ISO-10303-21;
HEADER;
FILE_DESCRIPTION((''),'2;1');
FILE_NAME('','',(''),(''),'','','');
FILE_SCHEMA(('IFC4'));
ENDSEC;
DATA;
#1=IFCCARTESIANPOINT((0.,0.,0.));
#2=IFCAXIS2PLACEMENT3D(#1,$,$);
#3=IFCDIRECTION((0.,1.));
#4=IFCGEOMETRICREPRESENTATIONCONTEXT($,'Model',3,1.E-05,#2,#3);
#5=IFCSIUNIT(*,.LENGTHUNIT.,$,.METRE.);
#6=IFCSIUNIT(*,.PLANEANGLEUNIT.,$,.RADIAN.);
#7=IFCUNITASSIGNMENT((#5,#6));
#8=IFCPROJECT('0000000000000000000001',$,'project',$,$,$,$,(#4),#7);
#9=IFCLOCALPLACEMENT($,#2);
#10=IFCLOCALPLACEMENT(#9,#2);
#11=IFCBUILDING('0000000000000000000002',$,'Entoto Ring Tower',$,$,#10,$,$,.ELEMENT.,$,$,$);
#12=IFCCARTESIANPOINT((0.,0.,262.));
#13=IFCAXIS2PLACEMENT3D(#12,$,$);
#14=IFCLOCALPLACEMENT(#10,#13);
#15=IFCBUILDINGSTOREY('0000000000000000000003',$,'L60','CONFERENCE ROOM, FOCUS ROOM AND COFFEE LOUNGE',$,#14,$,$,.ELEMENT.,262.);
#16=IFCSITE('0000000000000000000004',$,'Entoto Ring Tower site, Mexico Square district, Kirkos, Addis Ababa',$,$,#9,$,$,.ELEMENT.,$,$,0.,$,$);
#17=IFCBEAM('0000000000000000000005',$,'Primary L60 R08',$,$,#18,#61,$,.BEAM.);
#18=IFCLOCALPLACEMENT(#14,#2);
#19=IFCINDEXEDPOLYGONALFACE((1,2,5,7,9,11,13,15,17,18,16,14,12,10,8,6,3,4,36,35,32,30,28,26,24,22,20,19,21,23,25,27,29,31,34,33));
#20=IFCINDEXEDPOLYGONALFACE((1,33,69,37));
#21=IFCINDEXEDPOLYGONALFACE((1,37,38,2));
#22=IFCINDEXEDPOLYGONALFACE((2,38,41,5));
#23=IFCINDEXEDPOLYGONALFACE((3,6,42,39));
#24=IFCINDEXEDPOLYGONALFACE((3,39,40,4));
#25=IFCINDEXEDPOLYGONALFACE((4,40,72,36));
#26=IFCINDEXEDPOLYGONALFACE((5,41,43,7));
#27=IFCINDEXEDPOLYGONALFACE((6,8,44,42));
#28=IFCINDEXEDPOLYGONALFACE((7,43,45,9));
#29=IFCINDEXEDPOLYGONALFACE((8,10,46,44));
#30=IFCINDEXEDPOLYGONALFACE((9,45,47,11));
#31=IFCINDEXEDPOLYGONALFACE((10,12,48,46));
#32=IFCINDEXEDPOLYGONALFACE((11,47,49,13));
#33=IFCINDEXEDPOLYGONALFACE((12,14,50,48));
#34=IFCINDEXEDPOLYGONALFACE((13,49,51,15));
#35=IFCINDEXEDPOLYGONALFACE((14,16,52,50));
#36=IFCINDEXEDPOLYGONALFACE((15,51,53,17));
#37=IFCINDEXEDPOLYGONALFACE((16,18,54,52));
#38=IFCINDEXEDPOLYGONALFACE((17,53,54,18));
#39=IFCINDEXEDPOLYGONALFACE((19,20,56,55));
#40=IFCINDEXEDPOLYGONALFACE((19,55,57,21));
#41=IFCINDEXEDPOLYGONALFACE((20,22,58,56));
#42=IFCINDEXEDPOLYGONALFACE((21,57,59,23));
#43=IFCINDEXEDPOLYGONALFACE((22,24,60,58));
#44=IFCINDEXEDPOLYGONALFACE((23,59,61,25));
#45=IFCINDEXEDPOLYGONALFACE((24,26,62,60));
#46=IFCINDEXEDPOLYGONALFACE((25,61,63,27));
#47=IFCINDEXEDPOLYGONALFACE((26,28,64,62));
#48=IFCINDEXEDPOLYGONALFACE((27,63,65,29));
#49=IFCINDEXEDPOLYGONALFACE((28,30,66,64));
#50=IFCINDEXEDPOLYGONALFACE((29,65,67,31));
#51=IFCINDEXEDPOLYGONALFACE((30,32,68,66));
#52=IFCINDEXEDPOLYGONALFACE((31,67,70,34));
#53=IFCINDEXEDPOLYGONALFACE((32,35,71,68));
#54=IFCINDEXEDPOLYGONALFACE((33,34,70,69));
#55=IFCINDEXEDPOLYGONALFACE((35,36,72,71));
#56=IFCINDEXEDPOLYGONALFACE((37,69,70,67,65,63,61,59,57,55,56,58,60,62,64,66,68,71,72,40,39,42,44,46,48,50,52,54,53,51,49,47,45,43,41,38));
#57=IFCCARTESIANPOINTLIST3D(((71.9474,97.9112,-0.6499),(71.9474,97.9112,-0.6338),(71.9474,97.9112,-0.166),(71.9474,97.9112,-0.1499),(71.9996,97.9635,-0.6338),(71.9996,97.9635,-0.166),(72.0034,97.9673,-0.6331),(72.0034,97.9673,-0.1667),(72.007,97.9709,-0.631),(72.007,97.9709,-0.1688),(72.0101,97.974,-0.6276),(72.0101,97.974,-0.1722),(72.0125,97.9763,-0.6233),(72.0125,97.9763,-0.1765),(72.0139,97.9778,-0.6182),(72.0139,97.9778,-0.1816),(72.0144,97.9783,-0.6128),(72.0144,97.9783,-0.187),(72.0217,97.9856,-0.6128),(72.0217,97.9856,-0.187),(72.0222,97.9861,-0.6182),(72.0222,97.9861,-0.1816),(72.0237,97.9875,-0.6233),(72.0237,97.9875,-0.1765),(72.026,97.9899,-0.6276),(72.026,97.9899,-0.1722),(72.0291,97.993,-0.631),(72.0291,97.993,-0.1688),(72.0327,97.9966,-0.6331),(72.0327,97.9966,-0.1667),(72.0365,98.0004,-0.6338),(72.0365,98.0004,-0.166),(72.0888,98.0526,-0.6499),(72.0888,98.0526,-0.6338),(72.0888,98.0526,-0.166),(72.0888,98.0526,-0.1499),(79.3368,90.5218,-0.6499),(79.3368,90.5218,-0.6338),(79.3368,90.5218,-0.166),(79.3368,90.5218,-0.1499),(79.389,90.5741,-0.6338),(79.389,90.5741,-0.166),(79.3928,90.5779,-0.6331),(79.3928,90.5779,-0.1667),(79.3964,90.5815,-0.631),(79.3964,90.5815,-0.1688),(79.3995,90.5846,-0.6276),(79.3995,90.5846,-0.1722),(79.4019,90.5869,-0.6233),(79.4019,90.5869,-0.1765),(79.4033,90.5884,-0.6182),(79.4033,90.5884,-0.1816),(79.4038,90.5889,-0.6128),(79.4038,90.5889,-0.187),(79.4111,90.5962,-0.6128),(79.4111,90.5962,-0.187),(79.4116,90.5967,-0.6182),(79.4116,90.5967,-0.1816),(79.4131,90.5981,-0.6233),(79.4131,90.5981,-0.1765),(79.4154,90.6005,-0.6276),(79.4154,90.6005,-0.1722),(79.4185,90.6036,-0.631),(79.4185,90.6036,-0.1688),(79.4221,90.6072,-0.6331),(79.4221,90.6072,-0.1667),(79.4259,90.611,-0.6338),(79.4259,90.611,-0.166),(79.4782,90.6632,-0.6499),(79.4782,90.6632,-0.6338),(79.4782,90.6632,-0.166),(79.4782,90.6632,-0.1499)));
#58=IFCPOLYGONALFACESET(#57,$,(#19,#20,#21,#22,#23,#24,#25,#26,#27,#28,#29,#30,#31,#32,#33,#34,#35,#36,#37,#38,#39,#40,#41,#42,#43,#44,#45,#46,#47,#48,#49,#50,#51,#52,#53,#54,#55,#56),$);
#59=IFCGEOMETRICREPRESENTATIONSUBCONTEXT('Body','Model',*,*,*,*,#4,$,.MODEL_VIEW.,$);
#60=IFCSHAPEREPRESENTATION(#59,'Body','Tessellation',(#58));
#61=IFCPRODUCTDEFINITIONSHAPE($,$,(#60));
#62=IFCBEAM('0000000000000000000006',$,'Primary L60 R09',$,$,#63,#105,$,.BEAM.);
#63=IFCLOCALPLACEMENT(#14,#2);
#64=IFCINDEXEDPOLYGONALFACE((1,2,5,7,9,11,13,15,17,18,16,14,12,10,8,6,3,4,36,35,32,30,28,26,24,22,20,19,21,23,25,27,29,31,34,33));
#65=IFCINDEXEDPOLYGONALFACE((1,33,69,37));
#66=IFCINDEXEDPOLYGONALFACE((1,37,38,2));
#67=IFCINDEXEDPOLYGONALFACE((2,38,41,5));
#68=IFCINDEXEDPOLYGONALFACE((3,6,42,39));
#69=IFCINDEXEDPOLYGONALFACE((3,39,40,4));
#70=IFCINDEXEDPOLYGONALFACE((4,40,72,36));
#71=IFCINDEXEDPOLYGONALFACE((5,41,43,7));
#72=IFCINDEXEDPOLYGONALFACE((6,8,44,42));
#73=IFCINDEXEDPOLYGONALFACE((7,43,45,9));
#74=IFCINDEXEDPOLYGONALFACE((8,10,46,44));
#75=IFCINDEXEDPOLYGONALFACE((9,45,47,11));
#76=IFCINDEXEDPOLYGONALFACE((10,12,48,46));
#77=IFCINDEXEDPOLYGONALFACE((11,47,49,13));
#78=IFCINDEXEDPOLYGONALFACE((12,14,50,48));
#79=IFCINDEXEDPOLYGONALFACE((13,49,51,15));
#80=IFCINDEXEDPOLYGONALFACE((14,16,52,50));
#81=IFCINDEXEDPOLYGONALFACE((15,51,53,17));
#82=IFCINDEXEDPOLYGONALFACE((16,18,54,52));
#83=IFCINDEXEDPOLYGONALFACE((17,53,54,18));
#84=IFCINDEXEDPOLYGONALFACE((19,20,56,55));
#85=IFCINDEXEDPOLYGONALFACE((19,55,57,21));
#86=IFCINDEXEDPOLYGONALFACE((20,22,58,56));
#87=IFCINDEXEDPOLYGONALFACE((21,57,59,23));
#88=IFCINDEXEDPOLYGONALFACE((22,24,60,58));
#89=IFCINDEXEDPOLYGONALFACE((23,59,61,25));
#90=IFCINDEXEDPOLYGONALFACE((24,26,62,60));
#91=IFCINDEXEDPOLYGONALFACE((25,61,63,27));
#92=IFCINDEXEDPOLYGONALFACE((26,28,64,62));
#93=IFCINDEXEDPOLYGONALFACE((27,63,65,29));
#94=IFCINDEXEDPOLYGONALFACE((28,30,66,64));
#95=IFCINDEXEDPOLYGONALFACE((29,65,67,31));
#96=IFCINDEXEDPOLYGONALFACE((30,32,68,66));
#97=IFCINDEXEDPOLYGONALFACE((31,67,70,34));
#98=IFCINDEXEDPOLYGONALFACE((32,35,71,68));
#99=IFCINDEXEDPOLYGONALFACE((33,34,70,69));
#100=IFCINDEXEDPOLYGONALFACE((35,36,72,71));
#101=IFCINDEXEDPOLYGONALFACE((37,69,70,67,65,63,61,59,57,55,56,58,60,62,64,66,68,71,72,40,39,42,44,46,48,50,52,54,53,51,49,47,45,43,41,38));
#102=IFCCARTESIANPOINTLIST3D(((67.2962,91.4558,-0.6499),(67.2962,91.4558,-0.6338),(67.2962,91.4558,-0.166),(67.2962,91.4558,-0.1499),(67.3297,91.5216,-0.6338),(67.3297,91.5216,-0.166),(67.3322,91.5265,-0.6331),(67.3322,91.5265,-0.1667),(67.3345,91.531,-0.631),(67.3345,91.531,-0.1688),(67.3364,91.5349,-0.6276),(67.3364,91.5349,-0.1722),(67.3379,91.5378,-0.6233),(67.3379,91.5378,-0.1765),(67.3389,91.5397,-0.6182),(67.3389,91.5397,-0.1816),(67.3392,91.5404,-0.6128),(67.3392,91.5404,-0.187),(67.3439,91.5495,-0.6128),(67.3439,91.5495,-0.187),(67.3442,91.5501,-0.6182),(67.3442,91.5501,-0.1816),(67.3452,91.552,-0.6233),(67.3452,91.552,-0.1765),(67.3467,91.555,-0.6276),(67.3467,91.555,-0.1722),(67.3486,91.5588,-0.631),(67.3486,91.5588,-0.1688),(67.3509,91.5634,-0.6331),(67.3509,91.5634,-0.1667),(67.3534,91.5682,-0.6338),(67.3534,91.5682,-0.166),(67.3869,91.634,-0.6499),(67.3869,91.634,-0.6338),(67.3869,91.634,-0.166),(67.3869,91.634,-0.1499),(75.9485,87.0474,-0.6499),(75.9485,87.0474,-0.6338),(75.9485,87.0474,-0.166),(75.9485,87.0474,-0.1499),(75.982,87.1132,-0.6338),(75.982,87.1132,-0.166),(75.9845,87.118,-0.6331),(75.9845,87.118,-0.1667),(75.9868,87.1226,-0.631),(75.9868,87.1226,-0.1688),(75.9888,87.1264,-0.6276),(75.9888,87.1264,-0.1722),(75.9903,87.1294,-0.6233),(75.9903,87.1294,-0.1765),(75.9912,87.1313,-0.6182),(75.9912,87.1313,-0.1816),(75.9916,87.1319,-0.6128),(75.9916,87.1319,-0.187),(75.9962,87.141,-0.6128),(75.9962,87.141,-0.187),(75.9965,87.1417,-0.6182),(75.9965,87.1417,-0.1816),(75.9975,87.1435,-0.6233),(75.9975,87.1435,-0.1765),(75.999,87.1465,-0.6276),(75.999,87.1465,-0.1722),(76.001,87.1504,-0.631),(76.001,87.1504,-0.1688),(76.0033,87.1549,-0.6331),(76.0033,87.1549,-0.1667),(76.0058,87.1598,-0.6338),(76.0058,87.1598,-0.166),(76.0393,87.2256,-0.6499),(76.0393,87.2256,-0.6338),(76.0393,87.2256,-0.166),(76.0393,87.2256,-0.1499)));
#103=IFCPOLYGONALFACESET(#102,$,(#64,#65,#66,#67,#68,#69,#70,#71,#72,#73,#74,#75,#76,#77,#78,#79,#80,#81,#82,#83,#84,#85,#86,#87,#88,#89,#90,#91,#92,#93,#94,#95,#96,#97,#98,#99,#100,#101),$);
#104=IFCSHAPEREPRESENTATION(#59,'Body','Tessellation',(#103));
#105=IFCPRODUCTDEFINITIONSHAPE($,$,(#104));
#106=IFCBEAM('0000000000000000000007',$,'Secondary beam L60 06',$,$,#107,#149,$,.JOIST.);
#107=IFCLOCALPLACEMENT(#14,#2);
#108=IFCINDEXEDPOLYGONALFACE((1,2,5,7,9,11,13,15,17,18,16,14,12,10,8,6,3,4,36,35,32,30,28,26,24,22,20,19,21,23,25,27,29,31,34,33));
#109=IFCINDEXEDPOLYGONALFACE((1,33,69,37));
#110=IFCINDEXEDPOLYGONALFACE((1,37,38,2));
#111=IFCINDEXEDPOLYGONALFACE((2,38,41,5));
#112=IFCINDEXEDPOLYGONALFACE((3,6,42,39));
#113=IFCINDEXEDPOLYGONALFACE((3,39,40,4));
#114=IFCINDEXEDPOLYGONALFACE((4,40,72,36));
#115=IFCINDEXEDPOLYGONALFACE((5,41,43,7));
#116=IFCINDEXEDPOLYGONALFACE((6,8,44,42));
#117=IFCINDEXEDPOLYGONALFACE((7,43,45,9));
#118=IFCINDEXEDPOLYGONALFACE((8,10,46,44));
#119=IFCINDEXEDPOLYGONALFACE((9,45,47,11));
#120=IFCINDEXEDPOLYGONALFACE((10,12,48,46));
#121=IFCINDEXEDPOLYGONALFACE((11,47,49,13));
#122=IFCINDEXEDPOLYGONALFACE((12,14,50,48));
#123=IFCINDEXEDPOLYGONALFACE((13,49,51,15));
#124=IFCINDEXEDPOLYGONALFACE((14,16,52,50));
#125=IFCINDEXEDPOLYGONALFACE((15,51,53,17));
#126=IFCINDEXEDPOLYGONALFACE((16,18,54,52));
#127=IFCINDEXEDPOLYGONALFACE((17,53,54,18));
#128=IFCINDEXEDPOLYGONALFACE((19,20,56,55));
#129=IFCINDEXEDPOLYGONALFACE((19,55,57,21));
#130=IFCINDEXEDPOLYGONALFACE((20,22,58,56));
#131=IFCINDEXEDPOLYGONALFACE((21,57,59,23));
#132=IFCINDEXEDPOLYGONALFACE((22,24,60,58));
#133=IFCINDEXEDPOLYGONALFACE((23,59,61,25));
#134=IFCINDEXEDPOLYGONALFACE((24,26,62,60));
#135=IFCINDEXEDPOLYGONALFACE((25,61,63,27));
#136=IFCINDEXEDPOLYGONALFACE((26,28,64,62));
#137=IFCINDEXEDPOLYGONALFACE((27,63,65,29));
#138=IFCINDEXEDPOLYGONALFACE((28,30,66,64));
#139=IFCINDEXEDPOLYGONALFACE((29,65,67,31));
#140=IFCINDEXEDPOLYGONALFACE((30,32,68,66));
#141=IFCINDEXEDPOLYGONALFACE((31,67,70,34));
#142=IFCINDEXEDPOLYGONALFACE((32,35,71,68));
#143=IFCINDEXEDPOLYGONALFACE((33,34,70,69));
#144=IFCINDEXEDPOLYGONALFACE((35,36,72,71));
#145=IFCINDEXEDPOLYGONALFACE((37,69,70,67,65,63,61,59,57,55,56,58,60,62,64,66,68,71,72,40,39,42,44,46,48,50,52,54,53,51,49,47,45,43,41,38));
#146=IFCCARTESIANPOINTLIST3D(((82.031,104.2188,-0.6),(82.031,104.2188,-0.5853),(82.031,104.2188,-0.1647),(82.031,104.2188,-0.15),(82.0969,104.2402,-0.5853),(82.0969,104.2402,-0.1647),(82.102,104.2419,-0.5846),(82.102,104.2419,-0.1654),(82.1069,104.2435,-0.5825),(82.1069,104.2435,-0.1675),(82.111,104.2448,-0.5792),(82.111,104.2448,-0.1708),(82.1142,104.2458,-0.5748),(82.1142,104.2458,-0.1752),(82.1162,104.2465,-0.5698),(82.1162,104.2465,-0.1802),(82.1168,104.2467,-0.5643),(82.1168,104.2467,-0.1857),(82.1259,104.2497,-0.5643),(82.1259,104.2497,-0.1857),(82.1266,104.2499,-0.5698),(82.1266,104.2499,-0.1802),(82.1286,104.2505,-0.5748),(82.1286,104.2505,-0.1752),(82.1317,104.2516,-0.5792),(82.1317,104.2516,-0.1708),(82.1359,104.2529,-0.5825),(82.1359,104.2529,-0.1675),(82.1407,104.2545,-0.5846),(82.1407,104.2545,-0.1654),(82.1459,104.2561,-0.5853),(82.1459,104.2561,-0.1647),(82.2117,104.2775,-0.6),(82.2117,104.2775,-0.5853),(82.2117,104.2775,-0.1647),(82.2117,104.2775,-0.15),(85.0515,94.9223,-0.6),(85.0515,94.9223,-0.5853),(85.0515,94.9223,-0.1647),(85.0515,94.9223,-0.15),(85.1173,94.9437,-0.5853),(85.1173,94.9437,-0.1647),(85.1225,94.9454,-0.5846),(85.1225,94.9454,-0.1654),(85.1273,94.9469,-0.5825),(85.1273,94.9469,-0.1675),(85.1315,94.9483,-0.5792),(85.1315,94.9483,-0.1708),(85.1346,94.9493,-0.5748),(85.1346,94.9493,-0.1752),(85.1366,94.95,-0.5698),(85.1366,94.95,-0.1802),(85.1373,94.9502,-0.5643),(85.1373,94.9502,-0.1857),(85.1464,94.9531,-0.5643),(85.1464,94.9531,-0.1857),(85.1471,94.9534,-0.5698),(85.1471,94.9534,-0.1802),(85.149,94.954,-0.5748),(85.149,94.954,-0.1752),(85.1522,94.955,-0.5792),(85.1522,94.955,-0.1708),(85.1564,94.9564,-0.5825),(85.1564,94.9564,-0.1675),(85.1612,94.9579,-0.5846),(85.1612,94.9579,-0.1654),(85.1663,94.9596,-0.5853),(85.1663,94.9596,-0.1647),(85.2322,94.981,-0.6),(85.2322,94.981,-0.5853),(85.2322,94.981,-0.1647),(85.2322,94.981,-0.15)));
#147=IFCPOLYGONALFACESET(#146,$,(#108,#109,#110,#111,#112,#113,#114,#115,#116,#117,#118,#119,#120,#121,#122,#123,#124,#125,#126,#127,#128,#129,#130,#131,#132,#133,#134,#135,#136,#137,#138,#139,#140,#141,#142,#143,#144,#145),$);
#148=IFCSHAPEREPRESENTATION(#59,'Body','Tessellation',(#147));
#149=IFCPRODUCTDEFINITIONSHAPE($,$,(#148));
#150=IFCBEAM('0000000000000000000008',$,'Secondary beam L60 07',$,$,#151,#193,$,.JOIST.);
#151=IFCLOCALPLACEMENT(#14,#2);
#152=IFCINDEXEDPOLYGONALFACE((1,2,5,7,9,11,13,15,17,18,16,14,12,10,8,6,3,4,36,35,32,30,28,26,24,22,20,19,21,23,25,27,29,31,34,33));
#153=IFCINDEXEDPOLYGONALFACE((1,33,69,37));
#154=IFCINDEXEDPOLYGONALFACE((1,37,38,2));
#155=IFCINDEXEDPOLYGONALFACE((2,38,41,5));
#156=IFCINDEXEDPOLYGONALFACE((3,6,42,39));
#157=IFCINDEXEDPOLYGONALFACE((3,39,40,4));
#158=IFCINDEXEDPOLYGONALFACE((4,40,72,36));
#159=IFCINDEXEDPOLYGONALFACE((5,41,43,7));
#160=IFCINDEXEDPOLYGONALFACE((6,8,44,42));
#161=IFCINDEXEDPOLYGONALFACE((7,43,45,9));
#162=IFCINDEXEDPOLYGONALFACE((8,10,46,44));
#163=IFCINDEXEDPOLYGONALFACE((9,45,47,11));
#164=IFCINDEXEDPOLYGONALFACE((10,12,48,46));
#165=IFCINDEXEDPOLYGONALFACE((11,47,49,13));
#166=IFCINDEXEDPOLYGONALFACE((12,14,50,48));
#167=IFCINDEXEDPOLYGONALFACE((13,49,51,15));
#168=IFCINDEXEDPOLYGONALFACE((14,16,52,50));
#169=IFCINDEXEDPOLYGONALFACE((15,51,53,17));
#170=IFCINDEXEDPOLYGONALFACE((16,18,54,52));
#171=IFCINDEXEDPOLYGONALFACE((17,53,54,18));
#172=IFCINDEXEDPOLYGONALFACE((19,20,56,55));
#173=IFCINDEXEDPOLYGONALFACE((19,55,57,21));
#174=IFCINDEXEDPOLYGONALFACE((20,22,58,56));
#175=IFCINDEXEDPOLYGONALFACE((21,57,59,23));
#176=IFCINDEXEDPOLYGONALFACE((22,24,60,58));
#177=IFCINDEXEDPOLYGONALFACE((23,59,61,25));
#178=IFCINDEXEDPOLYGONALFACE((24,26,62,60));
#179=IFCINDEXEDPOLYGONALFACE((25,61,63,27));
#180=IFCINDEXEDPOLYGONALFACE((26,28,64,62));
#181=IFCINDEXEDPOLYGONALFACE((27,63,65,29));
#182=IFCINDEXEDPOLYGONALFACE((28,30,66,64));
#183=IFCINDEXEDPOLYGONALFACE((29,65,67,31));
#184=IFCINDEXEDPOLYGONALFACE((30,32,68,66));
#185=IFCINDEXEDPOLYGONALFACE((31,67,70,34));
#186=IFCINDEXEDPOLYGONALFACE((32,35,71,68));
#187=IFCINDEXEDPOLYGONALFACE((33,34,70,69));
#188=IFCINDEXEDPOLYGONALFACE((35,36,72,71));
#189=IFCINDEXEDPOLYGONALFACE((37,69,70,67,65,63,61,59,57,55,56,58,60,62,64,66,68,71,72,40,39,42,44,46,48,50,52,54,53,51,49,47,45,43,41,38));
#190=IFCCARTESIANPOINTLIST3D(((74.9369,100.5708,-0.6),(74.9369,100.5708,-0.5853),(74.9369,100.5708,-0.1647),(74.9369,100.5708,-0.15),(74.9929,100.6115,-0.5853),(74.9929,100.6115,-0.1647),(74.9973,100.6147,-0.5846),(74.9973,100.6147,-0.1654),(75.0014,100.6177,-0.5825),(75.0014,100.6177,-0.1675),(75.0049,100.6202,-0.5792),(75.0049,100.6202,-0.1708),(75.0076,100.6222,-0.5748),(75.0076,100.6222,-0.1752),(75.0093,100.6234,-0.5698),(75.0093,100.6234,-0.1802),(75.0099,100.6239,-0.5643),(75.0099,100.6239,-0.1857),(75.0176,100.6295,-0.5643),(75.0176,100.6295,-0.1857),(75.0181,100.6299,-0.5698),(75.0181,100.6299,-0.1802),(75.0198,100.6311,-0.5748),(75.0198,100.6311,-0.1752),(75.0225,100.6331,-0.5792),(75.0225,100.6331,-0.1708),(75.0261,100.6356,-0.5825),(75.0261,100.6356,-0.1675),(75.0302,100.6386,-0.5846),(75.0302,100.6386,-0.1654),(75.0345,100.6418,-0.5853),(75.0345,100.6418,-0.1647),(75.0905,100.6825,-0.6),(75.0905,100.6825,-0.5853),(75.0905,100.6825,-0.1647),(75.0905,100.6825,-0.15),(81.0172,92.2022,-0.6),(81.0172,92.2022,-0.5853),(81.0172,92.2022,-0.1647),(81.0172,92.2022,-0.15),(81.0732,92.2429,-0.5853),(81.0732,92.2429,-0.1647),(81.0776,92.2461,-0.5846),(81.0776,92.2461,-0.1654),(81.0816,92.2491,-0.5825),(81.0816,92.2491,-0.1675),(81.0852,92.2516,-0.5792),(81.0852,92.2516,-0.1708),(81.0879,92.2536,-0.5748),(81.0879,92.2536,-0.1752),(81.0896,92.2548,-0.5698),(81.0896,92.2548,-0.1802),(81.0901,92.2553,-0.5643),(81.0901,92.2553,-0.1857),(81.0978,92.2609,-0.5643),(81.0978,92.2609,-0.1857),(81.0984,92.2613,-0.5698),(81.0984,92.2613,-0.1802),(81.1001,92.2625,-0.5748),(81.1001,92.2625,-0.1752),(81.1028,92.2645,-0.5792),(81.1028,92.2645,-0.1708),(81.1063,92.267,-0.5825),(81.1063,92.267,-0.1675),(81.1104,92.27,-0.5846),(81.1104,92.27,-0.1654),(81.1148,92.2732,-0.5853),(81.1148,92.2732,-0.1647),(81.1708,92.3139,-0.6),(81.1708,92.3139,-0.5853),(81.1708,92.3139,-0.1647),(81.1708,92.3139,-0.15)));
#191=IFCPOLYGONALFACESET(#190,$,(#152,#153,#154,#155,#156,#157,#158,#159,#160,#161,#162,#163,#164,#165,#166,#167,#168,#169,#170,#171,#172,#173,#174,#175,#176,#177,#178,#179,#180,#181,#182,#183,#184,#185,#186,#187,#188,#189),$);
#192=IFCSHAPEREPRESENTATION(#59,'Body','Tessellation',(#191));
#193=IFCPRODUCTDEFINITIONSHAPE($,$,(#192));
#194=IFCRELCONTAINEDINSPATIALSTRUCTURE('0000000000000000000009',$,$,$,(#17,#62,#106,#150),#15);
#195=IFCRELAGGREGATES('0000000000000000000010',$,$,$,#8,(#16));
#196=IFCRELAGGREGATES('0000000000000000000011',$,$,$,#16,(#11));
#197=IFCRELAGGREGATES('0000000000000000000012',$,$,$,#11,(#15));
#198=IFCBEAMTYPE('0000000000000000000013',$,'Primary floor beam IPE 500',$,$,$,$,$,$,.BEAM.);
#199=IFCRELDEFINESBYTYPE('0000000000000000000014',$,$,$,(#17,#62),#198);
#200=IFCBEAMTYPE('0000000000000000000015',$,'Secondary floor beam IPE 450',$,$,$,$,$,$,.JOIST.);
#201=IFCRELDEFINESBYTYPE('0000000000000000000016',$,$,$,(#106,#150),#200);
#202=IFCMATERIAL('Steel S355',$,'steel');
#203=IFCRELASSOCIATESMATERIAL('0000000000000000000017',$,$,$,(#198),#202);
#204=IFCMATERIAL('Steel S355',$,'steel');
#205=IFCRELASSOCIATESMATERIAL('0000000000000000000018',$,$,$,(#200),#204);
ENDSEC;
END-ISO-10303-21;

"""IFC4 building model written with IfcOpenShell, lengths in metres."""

from ifc_helpers import new_model, si_unit, direction, frame, origin, origin_2d, place, context, subcontext, project, spatial, i_section, extrude, material, material_profile, profile_set, type_object, element, save


model = new_model("IFC4")

# Units and contexts
model_context = context("Model", 3, precision=1e-05, world=origin(), true_north=direction((0.0, 1.0)))
body_context = subcontext(model_context, "Body", "Model", "MODEL_VIEW")
ifc_project = project(units=[si_unit("LENGTHUNIT", "METRE"), si_unit("PLANEANGLEUNIT", "RADIAN")], contexts=[model_context])

# Site, building, storey
site_placement = place(None, origin())
site = spatial("IfcSite", under=ifc_project, at=site_placement, Name="Entoto Ring Tower site, Mexico Square district, Kirkos, Addis Ababa", CompositionType="ELEMENT", RefElevation=0.0)
building_placement = place(site_placement, origin())
building = spatial("IfcBuilding", under=site, at=building_placement, Name="Entoto Ring Tower", CompositionType="ELEMENT")
storey_placement = place(building_placement, frame((0.0, 0.0, 262.0)))
storey = spatial("IfcBuildingStorey", under=building, at=storey_placement, Name="L60", Description="CONFERENCE ROOM, FOCUS ROOM AND COFFEE LOUNGE", CompositionType="ELEMENT", Elevation=262.0)

# Beams
ifc_material_1 = material(Name="Steel S355", Category="steel")
ifc_material_profile_1 = material_profile(ifc_material_1, i_section(OverallWidth=0.2, OverallDepth=0.5, WebThickness=0.0103, FlangeThickness=0.0161, FilletRadius=0.021, at=origin_2d()), Name="IPE 500")
ifc_profile_set_1 = profile_set([ifc_material_profile_1], Name="Steel S355")
beam_type_1 = type_object("IfcBeamType", Name="Primary floor beam IPE 500", PredefinedType="BEAM", material=ifc_profile_set_1)
beam_1_placement = place(storey_placement, frame((79.4075, 90.5925, -0.3999), z_axis=(-0.707107, 0.707107, 0.0), x_axis=(-0.707107, -0.707107, 0.0)))
element("IfcBeam", 1, at=beam_1_placement, inside=storey, type_object=beam_type_1, Name="Primary L60 R08", PredefinedType="BEAM", context=body_context, shape_type="SweptSolid", body=[
    extrude(i_section(OverallWidth=0.2, OverallDepth=0.5, WebThickness=0.0103, FlangeThickness=0.0161, FilletRadius=0.021, at=origin_2d()), origin(), (0.0, 0.0, 1.0), 10.4502),
])
beam_2_placement = place(storey_placement, frame((75.9939, 87.1365, -0.3999), z_axis=(-0.891012, 0.453979, 0.0), x_axis=(-0.453979, -0.891012, 0.0)))
element("IfcBeam", 2, at=beam_2_placement, inside=storey, type_object=beam_type_1, Name="Primary L60 R09", PredefinedType="BEAM", context=body_context, shape_type="SweptSolid", body=[
    extrude(i_section(OverallWidth=0.2, OverallDepth=0.5, WebThickness=0.0103, FlangeThickness=0.0161, FilletRadius=0.021, at=origin_2d()), origin(), (0.0, 0.0, 1.0), 9.7107),
])
ifc_material_2 = material(Name="Steel S355", Category="steel")
ifc_material_profile_2 = material_profile(ifc_material_2, i_section(OverallWidth=0.1899, OverallDepth=0.45, WebThickness=0.0095, FlangeThickness=0.0146, FilletRadius=0.021, at=origin_2d()), Name="IPE 450")
ifc_profile_set_2 = profile_set([ifc_material_profile_2], Name="Steel S355")
beam_type_2 = type_object("IfcBeamType", Name="Secondary floor beam IPE 450", PredefinedType="JOIST", material=ifc_profile_set_2)
beam_3_placement = place(storey_placement, frame((85.1418, 94.9517, -0.375), z_axis=(-0.309003, 0.951061, 0.0), x_axis=(-0.951061, -0.309003, 0.0)))
element("IfcBeam", 3, at=beam_3_placement, inside=storey, type_object=beam_type_2, Name="Secondary beam L60 06", PredefinedType="JOIST", context=body_context, shape_type="SweptSolid", body=[
    extrude(i_section(OverallWidth=0.1899, OverallDepth=0.45, WebThickness=0.0095, FlangeThickness=0.0146, FilletRadius=0.021, at=origin_2d()), origin(), (0.0, 0.0, 1.0), 9.7749),
])
for number, where, z_axis, x_axis, name in (
    (4, (81.094, 92.2581, -0.375), (-0.587794, 0.809011, 0.0), (-0.809011, -0.587794, 0.0), "Secondary beam L60 07"),
):
    element("IfcBeam", number, at=place(storey_placement, frame(where, z_axis=z_axis, x_axis=x_axis)), inside=storey, type_object=beam_type_2, Name=name, PredefinedType="JOIST", context=body_context, shape_type="SweptSolid", body=[
        extrude(i_section(OverallWidth=0.1899, OverallDepth=0.45, WebThickness=0.0095, FlangeThickness=0.0146, FilletRadius=0.021, at=origin_2d()), origin(), (0.0, 0.0, 1.0), 10.3442),
    ])

save(model, "model.ifc")
